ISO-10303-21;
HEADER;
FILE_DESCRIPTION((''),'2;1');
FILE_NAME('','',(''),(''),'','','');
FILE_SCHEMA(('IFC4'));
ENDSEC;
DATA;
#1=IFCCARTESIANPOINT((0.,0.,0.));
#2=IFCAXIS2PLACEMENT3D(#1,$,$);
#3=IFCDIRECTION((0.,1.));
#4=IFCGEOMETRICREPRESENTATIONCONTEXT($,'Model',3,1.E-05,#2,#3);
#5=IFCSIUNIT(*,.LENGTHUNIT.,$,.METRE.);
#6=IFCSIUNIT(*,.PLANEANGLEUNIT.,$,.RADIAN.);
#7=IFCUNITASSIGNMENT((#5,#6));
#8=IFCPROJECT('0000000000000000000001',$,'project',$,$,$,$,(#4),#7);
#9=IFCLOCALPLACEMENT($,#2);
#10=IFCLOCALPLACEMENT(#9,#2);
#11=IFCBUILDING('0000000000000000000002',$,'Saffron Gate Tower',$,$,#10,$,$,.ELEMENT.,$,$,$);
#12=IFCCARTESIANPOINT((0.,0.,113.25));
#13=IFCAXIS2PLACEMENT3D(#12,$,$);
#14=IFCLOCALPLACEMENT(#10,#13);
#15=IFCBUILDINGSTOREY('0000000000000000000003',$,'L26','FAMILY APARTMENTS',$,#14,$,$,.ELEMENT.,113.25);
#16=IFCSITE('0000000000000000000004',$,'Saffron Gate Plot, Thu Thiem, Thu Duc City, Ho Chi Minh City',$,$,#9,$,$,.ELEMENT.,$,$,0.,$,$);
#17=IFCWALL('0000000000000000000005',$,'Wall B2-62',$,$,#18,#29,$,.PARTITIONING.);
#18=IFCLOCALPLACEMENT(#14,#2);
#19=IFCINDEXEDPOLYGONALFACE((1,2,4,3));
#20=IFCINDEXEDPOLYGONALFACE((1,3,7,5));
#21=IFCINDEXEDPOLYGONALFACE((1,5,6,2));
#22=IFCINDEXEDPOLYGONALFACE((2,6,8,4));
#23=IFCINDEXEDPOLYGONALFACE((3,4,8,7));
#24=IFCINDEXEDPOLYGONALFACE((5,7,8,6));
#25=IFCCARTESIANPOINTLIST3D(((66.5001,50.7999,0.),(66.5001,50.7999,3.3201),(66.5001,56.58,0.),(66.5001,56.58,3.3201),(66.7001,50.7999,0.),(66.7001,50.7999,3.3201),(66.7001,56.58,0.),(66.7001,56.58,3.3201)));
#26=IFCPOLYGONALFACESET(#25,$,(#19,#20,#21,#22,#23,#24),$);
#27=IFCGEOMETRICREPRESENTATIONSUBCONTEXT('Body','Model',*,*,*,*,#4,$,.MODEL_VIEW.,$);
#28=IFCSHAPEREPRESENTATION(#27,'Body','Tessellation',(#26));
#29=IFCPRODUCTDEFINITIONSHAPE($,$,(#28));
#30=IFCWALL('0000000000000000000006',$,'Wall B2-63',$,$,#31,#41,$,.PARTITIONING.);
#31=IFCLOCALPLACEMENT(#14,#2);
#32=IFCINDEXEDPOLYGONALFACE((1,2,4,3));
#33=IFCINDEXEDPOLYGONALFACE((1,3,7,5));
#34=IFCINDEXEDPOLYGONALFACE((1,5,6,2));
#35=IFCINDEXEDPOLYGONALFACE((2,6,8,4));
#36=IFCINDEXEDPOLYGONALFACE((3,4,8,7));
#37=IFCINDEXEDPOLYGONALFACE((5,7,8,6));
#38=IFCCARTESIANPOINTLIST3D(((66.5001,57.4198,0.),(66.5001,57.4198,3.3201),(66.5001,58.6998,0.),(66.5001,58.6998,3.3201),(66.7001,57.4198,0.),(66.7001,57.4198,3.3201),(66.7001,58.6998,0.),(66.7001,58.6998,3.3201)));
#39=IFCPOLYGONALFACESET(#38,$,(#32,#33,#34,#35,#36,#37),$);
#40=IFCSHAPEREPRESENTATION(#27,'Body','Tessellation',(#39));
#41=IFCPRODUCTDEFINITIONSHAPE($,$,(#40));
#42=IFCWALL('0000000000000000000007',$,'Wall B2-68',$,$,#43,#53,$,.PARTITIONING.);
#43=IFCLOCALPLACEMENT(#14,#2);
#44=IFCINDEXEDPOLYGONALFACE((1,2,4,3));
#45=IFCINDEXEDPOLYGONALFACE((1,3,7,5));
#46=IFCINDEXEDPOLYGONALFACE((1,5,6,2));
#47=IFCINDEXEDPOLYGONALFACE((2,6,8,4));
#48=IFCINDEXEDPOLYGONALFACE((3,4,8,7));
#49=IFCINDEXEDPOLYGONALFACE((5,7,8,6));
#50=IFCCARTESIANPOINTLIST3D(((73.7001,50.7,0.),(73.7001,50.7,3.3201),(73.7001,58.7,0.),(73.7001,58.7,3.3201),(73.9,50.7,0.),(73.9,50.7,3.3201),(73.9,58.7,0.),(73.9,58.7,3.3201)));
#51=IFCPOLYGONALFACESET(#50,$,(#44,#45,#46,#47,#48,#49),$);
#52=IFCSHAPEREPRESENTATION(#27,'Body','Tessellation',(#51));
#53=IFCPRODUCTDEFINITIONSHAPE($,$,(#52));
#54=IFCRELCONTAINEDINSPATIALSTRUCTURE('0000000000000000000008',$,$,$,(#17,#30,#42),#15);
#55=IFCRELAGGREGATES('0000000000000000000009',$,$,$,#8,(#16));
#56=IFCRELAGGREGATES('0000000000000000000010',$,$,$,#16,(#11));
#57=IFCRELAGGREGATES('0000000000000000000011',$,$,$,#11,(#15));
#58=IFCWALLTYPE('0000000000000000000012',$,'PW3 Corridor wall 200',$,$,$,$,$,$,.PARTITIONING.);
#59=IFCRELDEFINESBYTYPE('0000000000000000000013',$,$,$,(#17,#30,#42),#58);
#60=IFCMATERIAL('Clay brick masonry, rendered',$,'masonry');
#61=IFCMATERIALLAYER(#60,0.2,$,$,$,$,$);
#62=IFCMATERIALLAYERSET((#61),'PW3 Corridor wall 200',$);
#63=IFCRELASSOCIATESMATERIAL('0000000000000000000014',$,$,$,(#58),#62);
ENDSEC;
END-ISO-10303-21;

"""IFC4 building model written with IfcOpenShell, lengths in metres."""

from ifc_helpers import new_model, si_unit, direction, frame, frame_2d, origin, place, context, subcontext, project, spatial, rectangle, extrude, material, layer, layer_set, type_object, element, save


model = new_model("IFC4")

# Units and contexts
model_context = context("Model", 3, precision=1e-05, world=origin(), true_north=direction((0.0, 1.0)))
body_context = subcontext(model_context, "Body", "Model", "MODEL_VIEW")
ifc_project = project(units=[si_unit("LENGTHUNIT", "METRE"), si_unit("PLANEANGLEUNIT", "RADIAN")], contexts=[model_context])

# Site, building, storey
site_placement = place(None, origin())
site = spatial("IfcSite", under=ifc_project, at=site_placement, Name="Saffron Gate Plot, Thu Thiem, Thu Duc City, Ho Chi Minh City", CompositionType="ELEMENT", RefElevation=0.0)
building_placement = place(site_placement, origin())
building = spatial("IfcBuilding", under=site, at=building_placement, Name="Saffron Gate Tower", CompositionType="ELEMENT")
storey_placement = place(building_placement, frame((0.0, 0.0, 113.25)))
storey = spatial("IfcBuildingStorey", under=building, at=storey_placement, Name="L26", Description="FAMILY APARTMENTS", CompositionType="ELEMENT", Elevation=113.25)

# Shared definitions
ifc_material_1 = material(Name="Clay brick masonry, rendered", Category="masonry")
ifc_layer_1 = layer(ifc_material_1, 0.2)
ifc_layer_set_1 = layer_set([ifc_layer_1], Name="PW3 Corridor wall 200")
wall_type_1 = type_object("IfcWallType", Name="PW3 Corridor wall 200", PredefinedType="PARTITIONING", material=ifc_layer_set_1)

# Walls
wall_1_placement = place(storey_placement, frame((66.6001, 56.5801, 0.0), z_axis=(0.0, 0.0, 1.0), x_axis=(0.0, -1.0, 0.0)))
element("IfcWall", 1, at=wall_1_placement, inside=storey, type_object=wall_type_1, Name="Wall B2-62", PredefinedType="PARTITIONING", context=body_context, shape_type="SweptSolid", body=[
    extrude(rectangle(XDim=5.78, YDim=0.2, at=frame_2d((2.8901, 0.0))), origin(), (0.0, 0.0, 1.0), 3.3201),
])
wall_2_placement = place(storey_placement, frame((66.6001, 58.7, 0.0), z_axis=(0.0, 0.0, 1.0), x_axis=(0.0, -1.0, 0.0)))
element("IfcWall", 2, at=wall_2_placement, inside=storey, type_object=wall_type_1, Name="Wall B2-63", PredefinedType="PARTITIONING", context=body_context, shape_type="SweptSolid", body=[
    extrude(rectangle(XDim=1.28, YDim=0.2, at=frame_2d((0.6401, 0.0))), origin(), (0.0, 0.0, 1.0), 3.3201),
])
wall_3_placement = place(storey_placement, frame((73.8, 58.7, 0.0), z_axis=(0.0, 0.0, 1.0), x_axis=(0.0, -1.0, 0.0)))
element("IfcWall", 3, at=wall_3_placement, inside=storey, type_object=wall_type_1, Name="Wall B2-68", PredefinedType="PARTITIONING", context=body_context, shape_type="SweptSolid", body=[
    extrude(rectangle(XDim=8.0, YDim=0.2, at=frame_2d((4.0, 0.0))), origin(), (0.0, 0.0, 1.0), 3.3201),
])

save(model, "model.ifc")
